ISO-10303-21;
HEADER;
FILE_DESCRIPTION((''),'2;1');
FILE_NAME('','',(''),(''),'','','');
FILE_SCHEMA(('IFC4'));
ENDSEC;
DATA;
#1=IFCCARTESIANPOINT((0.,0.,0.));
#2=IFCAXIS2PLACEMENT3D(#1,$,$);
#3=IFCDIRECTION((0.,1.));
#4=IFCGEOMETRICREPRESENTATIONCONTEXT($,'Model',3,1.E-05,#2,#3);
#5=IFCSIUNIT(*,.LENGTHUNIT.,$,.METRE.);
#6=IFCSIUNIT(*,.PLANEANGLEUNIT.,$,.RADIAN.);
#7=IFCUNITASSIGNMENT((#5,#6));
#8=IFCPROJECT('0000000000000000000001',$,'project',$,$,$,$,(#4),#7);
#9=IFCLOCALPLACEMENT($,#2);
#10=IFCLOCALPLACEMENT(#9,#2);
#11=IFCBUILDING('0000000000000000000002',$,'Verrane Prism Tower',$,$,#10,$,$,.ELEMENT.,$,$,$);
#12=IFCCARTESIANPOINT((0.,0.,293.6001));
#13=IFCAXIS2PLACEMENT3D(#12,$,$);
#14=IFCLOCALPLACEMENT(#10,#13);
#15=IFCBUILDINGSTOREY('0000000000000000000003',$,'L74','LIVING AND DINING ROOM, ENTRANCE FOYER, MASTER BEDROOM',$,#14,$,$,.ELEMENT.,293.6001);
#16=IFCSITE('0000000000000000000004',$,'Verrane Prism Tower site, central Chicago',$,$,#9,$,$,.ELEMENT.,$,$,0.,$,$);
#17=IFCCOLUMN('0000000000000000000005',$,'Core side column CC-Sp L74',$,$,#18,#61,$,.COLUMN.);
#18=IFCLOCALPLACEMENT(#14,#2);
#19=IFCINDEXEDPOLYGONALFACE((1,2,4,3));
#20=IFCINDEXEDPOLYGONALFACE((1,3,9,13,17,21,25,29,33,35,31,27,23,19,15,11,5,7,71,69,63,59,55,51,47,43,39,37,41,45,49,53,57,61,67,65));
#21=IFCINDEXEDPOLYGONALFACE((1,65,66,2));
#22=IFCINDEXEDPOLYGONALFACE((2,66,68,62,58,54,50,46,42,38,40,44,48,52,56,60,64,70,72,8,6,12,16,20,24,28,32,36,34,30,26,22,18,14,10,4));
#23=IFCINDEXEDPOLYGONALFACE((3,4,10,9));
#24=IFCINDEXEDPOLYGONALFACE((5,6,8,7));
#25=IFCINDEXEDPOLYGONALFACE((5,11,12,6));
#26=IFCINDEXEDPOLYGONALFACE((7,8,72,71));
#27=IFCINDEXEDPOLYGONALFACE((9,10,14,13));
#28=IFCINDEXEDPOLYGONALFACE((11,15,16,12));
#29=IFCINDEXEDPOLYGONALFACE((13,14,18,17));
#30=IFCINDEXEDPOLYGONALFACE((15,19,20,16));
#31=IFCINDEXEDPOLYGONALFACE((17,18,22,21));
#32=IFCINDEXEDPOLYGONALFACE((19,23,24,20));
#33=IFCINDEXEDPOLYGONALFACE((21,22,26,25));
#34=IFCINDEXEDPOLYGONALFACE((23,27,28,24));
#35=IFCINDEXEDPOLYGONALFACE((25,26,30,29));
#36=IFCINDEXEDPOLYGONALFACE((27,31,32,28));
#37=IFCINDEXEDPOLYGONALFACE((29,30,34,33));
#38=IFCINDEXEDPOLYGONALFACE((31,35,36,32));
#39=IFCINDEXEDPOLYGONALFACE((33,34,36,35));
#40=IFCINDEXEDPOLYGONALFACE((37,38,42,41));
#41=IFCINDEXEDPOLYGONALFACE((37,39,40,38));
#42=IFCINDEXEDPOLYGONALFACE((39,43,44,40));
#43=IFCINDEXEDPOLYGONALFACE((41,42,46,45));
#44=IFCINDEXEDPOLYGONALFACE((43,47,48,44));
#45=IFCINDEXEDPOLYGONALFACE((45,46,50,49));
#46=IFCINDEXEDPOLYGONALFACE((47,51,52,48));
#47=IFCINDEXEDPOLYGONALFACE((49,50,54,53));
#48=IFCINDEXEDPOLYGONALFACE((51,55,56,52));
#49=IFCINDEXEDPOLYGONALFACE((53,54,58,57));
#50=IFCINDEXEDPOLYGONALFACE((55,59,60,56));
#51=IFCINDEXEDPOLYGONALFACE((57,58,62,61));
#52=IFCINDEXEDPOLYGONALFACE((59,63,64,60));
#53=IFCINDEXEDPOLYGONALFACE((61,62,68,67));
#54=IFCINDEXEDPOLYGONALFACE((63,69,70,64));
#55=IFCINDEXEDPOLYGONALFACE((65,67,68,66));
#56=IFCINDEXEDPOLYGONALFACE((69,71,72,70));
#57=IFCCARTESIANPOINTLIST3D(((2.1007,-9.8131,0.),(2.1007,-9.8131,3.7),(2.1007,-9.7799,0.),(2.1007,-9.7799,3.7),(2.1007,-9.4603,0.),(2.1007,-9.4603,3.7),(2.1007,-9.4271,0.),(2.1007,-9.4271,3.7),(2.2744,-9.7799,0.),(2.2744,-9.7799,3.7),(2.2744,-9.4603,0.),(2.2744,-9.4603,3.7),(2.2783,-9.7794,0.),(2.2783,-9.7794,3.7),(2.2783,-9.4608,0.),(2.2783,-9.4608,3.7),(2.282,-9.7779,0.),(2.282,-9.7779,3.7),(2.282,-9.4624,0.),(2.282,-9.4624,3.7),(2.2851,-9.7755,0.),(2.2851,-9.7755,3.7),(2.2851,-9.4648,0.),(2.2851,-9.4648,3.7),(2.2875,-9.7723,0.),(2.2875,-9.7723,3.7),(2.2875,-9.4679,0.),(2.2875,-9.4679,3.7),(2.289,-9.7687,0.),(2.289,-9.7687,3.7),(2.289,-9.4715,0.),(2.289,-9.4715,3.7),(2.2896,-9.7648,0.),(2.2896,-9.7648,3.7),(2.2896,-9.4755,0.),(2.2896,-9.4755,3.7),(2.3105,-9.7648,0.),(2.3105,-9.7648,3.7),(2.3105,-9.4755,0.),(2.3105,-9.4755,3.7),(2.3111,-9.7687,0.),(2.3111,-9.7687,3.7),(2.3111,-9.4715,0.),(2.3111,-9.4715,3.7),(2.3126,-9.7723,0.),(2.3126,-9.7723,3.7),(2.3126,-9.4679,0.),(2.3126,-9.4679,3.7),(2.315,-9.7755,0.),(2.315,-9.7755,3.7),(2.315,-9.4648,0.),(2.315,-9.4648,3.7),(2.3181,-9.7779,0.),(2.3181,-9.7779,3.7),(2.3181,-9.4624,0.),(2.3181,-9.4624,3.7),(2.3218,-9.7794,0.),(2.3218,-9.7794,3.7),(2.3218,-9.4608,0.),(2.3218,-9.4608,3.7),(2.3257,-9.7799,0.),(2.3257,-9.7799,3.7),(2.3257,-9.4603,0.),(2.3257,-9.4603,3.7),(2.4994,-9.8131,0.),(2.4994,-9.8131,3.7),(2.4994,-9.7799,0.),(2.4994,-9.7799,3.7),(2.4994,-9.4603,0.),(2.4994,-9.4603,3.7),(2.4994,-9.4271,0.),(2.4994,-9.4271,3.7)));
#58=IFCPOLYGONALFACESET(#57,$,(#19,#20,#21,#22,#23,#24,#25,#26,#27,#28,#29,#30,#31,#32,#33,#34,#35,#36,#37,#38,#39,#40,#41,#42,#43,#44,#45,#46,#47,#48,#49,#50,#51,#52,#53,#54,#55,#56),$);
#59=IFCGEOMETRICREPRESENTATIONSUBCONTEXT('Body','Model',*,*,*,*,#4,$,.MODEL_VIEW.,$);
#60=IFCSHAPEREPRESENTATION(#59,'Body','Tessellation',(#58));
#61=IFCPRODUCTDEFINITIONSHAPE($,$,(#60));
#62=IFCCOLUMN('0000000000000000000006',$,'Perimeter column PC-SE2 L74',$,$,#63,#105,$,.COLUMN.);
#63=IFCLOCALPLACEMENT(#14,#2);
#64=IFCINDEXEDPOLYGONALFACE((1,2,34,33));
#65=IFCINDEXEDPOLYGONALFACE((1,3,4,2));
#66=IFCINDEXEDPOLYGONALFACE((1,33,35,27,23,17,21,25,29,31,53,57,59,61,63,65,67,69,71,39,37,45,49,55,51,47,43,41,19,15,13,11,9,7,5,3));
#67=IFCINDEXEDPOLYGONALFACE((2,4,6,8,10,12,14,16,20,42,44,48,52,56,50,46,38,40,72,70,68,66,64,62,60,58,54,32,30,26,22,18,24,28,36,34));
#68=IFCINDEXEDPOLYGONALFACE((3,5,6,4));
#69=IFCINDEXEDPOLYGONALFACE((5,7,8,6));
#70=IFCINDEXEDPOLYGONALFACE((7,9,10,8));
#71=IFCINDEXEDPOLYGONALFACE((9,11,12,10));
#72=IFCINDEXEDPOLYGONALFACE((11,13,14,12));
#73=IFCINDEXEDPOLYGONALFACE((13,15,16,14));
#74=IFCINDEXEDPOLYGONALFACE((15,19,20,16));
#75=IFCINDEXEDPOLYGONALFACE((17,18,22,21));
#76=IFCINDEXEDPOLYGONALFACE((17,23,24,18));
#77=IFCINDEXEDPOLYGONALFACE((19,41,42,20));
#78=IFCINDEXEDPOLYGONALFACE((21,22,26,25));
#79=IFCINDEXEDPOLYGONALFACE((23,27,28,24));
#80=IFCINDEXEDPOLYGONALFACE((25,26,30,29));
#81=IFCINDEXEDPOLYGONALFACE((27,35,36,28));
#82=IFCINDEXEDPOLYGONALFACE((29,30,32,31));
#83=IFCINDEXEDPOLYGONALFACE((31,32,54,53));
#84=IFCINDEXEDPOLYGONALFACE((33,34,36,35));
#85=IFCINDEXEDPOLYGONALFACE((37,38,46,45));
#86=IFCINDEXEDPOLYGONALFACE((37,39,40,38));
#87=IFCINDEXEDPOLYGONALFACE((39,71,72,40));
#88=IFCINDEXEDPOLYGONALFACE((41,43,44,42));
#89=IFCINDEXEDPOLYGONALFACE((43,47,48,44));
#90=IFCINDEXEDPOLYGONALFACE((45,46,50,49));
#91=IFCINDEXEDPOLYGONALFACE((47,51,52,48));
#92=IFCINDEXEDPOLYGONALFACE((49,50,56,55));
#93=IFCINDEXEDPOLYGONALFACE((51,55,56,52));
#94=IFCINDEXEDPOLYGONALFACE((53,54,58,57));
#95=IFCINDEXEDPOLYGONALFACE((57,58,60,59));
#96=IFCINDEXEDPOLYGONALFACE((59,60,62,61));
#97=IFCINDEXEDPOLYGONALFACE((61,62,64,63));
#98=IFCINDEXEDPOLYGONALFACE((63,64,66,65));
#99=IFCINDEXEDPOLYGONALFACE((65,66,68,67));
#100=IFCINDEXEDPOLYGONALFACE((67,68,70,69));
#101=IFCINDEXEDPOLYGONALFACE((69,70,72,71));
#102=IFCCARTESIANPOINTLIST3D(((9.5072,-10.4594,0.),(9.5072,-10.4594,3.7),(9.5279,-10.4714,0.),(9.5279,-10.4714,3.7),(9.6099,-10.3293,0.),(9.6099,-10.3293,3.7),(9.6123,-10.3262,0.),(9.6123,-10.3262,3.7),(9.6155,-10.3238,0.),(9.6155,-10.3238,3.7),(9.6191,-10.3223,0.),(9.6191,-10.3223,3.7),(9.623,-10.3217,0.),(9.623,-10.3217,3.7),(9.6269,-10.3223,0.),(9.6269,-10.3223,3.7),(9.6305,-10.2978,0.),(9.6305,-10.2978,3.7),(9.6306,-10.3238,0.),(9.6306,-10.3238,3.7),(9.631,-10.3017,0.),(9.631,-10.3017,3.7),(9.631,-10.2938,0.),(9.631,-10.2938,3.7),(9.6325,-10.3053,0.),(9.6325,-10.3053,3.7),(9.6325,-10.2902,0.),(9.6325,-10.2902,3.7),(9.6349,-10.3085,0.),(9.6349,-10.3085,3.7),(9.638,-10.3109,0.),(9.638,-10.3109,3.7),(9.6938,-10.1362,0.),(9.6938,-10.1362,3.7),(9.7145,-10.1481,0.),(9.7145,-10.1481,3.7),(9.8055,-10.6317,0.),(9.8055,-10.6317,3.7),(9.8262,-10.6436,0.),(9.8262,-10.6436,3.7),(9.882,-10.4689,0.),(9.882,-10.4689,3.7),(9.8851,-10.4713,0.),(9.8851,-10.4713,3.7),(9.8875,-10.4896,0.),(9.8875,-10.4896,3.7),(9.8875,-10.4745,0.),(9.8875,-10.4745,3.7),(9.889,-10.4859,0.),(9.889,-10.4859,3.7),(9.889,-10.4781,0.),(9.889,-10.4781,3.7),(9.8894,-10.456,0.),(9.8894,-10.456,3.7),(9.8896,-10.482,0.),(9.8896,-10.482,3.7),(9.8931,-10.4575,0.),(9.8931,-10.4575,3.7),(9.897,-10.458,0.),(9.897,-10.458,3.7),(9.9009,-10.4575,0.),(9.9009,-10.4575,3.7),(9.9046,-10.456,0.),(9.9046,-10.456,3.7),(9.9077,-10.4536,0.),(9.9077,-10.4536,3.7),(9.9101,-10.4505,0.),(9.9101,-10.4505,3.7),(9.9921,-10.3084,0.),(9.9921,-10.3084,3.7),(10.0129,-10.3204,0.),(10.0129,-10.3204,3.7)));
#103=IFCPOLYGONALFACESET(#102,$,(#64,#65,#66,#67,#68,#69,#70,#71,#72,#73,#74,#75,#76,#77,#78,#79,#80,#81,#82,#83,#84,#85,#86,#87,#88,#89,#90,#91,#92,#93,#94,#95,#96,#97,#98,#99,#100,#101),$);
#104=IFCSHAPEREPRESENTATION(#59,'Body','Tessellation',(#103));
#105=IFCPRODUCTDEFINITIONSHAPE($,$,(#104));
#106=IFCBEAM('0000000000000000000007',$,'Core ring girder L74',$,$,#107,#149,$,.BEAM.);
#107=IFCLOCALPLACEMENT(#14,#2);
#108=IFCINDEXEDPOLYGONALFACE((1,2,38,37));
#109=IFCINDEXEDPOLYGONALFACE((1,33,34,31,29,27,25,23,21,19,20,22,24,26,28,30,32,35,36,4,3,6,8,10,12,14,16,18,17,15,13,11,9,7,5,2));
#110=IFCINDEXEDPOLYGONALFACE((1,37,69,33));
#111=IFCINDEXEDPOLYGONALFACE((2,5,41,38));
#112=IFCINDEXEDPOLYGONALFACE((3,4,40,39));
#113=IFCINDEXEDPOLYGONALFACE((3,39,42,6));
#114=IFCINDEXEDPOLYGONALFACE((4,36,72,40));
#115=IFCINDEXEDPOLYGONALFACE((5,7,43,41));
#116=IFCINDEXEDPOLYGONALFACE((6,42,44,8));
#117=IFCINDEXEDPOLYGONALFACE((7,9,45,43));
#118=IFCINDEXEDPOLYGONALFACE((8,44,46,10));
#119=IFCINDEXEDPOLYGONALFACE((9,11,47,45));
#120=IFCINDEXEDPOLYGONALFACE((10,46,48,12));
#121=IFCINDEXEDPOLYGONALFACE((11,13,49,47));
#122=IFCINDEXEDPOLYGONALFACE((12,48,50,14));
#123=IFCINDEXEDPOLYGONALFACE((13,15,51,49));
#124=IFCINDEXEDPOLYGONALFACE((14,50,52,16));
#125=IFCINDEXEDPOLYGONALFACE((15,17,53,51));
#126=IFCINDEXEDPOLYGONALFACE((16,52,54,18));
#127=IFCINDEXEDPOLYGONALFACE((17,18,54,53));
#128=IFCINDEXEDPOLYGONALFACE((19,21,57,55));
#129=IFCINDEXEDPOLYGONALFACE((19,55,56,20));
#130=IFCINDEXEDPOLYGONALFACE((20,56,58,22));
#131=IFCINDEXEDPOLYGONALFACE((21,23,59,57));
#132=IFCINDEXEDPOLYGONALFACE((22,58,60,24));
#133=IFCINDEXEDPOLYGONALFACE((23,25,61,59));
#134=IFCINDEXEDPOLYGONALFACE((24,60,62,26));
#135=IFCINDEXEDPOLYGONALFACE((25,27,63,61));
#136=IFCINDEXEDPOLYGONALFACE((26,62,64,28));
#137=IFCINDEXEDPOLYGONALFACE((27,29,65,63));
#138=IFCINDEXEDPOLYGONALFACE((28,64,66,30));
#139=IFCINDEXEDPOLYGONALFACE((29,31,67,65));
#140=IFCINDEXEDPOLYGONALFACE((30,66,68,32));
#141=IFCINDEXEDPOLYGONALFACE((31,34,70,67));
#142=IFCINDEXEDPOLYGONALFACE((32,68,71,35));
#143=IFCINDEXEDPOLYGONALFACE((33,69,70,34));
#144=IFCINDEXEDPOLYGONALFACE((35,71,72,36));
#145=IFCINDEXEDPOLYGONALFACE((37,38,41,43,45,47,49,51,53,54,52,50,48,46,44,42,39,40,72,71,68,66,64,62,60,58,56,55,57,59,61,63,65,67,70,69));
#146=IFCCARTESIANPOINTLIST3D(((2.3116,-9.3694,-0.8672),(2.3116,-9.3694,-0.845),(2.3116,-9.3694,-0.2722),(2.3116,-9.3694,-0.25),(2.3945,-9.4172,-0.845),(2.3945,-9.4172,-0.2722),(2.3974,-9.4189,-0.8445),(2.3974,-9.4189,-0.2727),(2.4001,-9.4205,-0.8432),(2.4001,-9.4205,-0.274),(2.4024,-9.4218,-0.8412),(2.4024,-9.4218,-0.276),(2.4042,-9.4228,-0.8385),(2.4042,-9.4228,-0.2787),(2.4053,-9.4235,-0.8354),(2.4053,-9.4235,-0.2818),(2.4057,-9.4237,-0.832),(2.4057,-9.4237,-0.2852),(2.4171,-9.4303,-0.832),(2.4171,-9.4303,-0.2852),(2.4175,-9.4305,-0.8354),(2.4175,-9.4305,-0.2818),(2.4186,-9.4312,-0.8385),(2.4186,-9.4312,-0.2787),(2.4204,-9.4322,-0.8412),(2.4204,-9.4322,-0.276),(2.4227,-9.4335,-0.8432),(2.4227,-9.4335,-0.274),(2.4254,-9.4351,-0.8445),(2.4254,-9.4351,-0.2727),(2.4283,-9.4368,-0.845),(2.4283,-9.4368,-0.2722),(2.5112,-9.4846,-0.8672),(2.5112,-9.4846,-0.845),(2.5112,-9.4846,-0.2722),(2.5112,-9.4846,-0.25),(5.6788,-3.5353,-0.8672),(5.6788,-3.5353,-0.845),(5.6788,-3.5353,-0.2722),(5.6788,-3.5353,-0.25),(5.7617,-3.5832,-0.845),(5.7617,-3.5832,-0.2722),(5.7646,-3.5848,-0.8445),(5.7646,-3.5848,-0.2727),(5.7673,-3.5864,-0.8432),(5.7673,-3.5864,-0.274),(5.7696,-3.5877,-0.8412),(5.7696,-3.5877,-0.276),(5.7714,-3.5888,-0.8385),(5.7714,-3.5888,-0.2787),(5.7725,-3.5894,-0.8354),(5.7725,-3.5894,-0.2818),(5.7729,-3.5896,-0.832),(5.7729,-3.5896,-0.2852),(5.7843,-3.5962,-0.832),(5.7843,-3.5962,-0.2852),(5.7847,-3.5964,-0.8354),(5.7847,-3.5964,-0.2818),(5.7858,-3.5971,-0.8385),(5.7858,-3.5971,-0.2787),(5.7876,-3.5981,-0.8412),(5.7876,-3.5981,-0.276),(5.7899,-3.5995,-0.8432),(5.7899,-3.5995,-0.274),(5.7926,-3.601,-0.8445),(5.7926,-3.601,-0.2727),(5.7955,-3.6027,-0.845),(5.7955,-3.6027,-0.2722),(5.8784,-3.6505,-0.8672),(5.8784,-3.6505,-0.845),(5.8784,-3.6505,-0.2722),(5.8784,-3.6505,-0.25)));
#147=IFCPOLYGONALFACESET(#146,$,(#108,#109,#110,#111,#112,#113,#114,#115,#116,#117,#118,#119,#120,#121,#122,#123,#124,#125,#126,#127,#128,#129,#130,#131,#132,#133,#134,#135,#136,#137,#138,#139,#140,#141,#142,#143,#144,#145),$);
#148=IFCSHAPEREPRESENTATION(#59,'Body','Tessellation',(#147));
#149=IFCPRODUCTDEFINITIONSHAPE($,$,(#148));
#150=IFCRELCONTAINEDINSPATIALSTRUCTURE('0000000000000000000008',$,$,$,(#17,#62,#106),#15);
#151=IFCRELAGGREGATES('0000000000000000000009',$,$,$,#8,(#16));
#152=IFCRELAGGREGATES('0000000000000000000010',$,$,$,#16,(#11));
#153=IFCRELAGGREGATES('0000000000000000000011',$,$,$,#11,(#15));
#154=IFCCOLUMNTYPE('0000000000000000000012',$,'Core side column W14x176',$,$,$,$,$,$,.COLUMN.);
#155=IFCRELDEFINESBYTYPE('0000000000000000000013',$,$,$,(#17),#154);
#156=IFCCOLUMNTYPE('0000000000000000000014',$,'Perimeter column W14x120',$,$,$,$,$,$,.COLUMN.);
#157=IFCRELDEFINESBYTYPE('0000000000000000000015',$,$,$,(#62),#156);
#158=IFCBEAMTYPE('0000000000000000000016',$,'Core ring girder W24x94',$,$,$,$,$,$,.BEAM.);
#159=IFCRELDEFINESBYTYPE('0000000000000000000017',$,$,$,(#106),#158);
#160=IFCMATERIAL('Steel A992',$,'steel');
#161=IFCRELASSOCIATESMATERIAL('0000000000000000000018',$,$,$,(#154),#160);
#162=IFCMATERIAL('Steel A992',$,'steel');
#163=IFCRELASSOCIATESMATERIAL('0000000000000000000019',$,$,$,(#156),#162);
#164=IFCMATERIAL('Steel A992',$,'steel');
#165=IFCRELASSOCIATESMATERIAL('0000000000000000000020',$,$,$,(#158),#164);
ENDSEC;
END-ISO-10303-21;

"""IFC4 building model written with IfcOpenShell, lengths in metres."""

from ifc_helpers import new_model, si_unit, direction, frame, origin, origin_2d, place, context, subcontext, project, spatial, i_section, extrude, material, material_profile, profile_set, type_object, element, save


model = new_model("IFC4")

# Units and contexts
model_context = context("Model", 3, precision=1e-05, world=origin(), true_north=direction((0.0, 1.0)))
body_context = subcontext(model_context, "Body", "Model", "MODEL_VIEW")
ifc_project = project(units=[si_unit("LENGTHUNIT", "METRE"), si_unit("PLANEANGLEUNIT", "RADIAN")], contexts=[model_context])

# Site, building, storey
site_placement = place(None, origin())
site = spatial("IfcSite", under=ifc_project, at=site_placement, Name="Verrane Prism Tower site, central Chicago", CompositionType="ELEMENT", RefElevation=0.0)
building_placement = place(site_placement, origin())
building = spatial("IfcBuilding", under=site, at=building_placement, Name="Verrane Prism Tower", CompositionType="ELEMENT")
storey_placement = place(building_placement, frame((0.0, 0.0, 293.6001)))
storey = spatial("IfcBuildingStorey", under=building, at=storey_placement, Name="L74", Description="LIVING AND DINING ROOM, ENTRANCE FOYER, MASTER BEDROOM", CompositionType="ELEMENT", Elevation=293.6001)

# Columns
ifc_material_1 = material(Name="Steel A992", Category="steel")
ifc_material_profile_1 = material_profile(ifc_material_1, i_section(OverallWidth=0.3987, OverallDepth=0.386, WebThickness=0.021, FlangeThickness=0.0332, FilletRadius=0.0151, at=origin_2d()), Name="W14x176")
ifc_profile_set_1 = profile_set([ifc_material_profile_1], Name="Steel A992")
column_type_1 = type_object("IfcColumnType", Name="Core side column W14x176", PredefinedType="COLUMN", material=ifc_profile_set_1)
column_1_placement = place(storey_placement, frame((2.3, -9.6201, 0.0), z_axis=(0.0, 0.0, 1.0), x_axis=(1.0, 0.0, 0.0)))
element("IfcColumn", 1, at=column_1_placement, inside=storey, type_object=column_type_1, Name="Core side column CC-Sp L74", PredefinedType="COLUMN", context=body_context, shape_type="SweptSolid", body=[
    extrude(i_section(OverallWidth=0.3987, OverallDepth=0.386, WebThickness=0.021, FlangeThickness=0.0332, FilletRadius=0.0151, at=origin_2d()), origin(), (0.0, 0.0, 1.0), 3.7),
])
ifc_material_2 = material(Name="Steel A992", Category="steel")
ifc_material_profile_2 = material_profile(ifc_material_2, i_section(OverallWidth=0.3733, OverallDepth=0.3684, WebThickness=0.0149, FlangeThickness=0.0239, FilletRadius=0.0151, at=origin_2d()), Name="W14x120")
ifc_profile_set_2 = profile_set([ifc_material_profile_2], Name="Steel A992")
column_type_2 = type_object("IfcColumnType", Name="Perimeter column W14x120", PredefinedType="COLUMN", material=ifc_profile_set_2)
column_2_placement = place(storey_placement, frame((9.76, -10.3899, 0.0), z_axis=(0.0, 0.0, 1.0), x_axis=(-0.5, -0.866025, 0.0)))
element("IfcColumn", 2, at=column_2_placement, inside=storey, type_object=column_type_2, Name="Perimeter column PC-SE2 L74", PredefinedType="COLUMN", context=body_context, shape_type="SweptSolid", body=[
    extrude(i_section(OverallWidth=0.3733, OverallDepth=0.3684, WebThickness=0.0149, FlangeThickness=0.0239, FilletRadius=0.0151, at=origin_2d()), origin(), (0.0, 0.0, 1.0), 3.7),
])

# Beam
ifc_material_3 = material(Name="Steel A992", Category="steel")
ifc_material_profile_3 = material_profile(ifc_material_3, i_section(OverallWidth=0.2305, OverallDepth=0.6172, WebThickness=0.0132, FlangeThickness=0.0222, FilletRadius=0.0129, at=origin_2d()), Name="W24x94")
ifc_profile_set_3 = profile_set([ifc_material_profile_3], Name="Steel A992")
beam_type_1 = type_object("IfcBeamType", Name="Core ring girder W24x94", PredefinedType="BEAM", material=ifc_profile_set_3)
beam_1_placement = place(storey_placement, frame((2.4114, -9.427, -0.5586), z_axis=(0.499881, 0.866094, 0.0), x_axis=(-0.866094, 0.499881, 0.0)))
element("IfcBeam", 3, at=beam_1_placement, inside=storey, type_object=beam_type_1, Name="Core ring girder L74", PredefinedType="BEAM", context=body_context, shape_type="SweptSolid", body=[
    extrude(i_section(OverallWidth=0.2305, OverallDepth=0.6172, WebThickness=0.0132, FlangeThickness=0.0222, FilletRadius=0.0129, at=origin_2d()), origin(), (0.0, 0.0, 1.0), 6.7361),
])

save(model, "model.ifc")
